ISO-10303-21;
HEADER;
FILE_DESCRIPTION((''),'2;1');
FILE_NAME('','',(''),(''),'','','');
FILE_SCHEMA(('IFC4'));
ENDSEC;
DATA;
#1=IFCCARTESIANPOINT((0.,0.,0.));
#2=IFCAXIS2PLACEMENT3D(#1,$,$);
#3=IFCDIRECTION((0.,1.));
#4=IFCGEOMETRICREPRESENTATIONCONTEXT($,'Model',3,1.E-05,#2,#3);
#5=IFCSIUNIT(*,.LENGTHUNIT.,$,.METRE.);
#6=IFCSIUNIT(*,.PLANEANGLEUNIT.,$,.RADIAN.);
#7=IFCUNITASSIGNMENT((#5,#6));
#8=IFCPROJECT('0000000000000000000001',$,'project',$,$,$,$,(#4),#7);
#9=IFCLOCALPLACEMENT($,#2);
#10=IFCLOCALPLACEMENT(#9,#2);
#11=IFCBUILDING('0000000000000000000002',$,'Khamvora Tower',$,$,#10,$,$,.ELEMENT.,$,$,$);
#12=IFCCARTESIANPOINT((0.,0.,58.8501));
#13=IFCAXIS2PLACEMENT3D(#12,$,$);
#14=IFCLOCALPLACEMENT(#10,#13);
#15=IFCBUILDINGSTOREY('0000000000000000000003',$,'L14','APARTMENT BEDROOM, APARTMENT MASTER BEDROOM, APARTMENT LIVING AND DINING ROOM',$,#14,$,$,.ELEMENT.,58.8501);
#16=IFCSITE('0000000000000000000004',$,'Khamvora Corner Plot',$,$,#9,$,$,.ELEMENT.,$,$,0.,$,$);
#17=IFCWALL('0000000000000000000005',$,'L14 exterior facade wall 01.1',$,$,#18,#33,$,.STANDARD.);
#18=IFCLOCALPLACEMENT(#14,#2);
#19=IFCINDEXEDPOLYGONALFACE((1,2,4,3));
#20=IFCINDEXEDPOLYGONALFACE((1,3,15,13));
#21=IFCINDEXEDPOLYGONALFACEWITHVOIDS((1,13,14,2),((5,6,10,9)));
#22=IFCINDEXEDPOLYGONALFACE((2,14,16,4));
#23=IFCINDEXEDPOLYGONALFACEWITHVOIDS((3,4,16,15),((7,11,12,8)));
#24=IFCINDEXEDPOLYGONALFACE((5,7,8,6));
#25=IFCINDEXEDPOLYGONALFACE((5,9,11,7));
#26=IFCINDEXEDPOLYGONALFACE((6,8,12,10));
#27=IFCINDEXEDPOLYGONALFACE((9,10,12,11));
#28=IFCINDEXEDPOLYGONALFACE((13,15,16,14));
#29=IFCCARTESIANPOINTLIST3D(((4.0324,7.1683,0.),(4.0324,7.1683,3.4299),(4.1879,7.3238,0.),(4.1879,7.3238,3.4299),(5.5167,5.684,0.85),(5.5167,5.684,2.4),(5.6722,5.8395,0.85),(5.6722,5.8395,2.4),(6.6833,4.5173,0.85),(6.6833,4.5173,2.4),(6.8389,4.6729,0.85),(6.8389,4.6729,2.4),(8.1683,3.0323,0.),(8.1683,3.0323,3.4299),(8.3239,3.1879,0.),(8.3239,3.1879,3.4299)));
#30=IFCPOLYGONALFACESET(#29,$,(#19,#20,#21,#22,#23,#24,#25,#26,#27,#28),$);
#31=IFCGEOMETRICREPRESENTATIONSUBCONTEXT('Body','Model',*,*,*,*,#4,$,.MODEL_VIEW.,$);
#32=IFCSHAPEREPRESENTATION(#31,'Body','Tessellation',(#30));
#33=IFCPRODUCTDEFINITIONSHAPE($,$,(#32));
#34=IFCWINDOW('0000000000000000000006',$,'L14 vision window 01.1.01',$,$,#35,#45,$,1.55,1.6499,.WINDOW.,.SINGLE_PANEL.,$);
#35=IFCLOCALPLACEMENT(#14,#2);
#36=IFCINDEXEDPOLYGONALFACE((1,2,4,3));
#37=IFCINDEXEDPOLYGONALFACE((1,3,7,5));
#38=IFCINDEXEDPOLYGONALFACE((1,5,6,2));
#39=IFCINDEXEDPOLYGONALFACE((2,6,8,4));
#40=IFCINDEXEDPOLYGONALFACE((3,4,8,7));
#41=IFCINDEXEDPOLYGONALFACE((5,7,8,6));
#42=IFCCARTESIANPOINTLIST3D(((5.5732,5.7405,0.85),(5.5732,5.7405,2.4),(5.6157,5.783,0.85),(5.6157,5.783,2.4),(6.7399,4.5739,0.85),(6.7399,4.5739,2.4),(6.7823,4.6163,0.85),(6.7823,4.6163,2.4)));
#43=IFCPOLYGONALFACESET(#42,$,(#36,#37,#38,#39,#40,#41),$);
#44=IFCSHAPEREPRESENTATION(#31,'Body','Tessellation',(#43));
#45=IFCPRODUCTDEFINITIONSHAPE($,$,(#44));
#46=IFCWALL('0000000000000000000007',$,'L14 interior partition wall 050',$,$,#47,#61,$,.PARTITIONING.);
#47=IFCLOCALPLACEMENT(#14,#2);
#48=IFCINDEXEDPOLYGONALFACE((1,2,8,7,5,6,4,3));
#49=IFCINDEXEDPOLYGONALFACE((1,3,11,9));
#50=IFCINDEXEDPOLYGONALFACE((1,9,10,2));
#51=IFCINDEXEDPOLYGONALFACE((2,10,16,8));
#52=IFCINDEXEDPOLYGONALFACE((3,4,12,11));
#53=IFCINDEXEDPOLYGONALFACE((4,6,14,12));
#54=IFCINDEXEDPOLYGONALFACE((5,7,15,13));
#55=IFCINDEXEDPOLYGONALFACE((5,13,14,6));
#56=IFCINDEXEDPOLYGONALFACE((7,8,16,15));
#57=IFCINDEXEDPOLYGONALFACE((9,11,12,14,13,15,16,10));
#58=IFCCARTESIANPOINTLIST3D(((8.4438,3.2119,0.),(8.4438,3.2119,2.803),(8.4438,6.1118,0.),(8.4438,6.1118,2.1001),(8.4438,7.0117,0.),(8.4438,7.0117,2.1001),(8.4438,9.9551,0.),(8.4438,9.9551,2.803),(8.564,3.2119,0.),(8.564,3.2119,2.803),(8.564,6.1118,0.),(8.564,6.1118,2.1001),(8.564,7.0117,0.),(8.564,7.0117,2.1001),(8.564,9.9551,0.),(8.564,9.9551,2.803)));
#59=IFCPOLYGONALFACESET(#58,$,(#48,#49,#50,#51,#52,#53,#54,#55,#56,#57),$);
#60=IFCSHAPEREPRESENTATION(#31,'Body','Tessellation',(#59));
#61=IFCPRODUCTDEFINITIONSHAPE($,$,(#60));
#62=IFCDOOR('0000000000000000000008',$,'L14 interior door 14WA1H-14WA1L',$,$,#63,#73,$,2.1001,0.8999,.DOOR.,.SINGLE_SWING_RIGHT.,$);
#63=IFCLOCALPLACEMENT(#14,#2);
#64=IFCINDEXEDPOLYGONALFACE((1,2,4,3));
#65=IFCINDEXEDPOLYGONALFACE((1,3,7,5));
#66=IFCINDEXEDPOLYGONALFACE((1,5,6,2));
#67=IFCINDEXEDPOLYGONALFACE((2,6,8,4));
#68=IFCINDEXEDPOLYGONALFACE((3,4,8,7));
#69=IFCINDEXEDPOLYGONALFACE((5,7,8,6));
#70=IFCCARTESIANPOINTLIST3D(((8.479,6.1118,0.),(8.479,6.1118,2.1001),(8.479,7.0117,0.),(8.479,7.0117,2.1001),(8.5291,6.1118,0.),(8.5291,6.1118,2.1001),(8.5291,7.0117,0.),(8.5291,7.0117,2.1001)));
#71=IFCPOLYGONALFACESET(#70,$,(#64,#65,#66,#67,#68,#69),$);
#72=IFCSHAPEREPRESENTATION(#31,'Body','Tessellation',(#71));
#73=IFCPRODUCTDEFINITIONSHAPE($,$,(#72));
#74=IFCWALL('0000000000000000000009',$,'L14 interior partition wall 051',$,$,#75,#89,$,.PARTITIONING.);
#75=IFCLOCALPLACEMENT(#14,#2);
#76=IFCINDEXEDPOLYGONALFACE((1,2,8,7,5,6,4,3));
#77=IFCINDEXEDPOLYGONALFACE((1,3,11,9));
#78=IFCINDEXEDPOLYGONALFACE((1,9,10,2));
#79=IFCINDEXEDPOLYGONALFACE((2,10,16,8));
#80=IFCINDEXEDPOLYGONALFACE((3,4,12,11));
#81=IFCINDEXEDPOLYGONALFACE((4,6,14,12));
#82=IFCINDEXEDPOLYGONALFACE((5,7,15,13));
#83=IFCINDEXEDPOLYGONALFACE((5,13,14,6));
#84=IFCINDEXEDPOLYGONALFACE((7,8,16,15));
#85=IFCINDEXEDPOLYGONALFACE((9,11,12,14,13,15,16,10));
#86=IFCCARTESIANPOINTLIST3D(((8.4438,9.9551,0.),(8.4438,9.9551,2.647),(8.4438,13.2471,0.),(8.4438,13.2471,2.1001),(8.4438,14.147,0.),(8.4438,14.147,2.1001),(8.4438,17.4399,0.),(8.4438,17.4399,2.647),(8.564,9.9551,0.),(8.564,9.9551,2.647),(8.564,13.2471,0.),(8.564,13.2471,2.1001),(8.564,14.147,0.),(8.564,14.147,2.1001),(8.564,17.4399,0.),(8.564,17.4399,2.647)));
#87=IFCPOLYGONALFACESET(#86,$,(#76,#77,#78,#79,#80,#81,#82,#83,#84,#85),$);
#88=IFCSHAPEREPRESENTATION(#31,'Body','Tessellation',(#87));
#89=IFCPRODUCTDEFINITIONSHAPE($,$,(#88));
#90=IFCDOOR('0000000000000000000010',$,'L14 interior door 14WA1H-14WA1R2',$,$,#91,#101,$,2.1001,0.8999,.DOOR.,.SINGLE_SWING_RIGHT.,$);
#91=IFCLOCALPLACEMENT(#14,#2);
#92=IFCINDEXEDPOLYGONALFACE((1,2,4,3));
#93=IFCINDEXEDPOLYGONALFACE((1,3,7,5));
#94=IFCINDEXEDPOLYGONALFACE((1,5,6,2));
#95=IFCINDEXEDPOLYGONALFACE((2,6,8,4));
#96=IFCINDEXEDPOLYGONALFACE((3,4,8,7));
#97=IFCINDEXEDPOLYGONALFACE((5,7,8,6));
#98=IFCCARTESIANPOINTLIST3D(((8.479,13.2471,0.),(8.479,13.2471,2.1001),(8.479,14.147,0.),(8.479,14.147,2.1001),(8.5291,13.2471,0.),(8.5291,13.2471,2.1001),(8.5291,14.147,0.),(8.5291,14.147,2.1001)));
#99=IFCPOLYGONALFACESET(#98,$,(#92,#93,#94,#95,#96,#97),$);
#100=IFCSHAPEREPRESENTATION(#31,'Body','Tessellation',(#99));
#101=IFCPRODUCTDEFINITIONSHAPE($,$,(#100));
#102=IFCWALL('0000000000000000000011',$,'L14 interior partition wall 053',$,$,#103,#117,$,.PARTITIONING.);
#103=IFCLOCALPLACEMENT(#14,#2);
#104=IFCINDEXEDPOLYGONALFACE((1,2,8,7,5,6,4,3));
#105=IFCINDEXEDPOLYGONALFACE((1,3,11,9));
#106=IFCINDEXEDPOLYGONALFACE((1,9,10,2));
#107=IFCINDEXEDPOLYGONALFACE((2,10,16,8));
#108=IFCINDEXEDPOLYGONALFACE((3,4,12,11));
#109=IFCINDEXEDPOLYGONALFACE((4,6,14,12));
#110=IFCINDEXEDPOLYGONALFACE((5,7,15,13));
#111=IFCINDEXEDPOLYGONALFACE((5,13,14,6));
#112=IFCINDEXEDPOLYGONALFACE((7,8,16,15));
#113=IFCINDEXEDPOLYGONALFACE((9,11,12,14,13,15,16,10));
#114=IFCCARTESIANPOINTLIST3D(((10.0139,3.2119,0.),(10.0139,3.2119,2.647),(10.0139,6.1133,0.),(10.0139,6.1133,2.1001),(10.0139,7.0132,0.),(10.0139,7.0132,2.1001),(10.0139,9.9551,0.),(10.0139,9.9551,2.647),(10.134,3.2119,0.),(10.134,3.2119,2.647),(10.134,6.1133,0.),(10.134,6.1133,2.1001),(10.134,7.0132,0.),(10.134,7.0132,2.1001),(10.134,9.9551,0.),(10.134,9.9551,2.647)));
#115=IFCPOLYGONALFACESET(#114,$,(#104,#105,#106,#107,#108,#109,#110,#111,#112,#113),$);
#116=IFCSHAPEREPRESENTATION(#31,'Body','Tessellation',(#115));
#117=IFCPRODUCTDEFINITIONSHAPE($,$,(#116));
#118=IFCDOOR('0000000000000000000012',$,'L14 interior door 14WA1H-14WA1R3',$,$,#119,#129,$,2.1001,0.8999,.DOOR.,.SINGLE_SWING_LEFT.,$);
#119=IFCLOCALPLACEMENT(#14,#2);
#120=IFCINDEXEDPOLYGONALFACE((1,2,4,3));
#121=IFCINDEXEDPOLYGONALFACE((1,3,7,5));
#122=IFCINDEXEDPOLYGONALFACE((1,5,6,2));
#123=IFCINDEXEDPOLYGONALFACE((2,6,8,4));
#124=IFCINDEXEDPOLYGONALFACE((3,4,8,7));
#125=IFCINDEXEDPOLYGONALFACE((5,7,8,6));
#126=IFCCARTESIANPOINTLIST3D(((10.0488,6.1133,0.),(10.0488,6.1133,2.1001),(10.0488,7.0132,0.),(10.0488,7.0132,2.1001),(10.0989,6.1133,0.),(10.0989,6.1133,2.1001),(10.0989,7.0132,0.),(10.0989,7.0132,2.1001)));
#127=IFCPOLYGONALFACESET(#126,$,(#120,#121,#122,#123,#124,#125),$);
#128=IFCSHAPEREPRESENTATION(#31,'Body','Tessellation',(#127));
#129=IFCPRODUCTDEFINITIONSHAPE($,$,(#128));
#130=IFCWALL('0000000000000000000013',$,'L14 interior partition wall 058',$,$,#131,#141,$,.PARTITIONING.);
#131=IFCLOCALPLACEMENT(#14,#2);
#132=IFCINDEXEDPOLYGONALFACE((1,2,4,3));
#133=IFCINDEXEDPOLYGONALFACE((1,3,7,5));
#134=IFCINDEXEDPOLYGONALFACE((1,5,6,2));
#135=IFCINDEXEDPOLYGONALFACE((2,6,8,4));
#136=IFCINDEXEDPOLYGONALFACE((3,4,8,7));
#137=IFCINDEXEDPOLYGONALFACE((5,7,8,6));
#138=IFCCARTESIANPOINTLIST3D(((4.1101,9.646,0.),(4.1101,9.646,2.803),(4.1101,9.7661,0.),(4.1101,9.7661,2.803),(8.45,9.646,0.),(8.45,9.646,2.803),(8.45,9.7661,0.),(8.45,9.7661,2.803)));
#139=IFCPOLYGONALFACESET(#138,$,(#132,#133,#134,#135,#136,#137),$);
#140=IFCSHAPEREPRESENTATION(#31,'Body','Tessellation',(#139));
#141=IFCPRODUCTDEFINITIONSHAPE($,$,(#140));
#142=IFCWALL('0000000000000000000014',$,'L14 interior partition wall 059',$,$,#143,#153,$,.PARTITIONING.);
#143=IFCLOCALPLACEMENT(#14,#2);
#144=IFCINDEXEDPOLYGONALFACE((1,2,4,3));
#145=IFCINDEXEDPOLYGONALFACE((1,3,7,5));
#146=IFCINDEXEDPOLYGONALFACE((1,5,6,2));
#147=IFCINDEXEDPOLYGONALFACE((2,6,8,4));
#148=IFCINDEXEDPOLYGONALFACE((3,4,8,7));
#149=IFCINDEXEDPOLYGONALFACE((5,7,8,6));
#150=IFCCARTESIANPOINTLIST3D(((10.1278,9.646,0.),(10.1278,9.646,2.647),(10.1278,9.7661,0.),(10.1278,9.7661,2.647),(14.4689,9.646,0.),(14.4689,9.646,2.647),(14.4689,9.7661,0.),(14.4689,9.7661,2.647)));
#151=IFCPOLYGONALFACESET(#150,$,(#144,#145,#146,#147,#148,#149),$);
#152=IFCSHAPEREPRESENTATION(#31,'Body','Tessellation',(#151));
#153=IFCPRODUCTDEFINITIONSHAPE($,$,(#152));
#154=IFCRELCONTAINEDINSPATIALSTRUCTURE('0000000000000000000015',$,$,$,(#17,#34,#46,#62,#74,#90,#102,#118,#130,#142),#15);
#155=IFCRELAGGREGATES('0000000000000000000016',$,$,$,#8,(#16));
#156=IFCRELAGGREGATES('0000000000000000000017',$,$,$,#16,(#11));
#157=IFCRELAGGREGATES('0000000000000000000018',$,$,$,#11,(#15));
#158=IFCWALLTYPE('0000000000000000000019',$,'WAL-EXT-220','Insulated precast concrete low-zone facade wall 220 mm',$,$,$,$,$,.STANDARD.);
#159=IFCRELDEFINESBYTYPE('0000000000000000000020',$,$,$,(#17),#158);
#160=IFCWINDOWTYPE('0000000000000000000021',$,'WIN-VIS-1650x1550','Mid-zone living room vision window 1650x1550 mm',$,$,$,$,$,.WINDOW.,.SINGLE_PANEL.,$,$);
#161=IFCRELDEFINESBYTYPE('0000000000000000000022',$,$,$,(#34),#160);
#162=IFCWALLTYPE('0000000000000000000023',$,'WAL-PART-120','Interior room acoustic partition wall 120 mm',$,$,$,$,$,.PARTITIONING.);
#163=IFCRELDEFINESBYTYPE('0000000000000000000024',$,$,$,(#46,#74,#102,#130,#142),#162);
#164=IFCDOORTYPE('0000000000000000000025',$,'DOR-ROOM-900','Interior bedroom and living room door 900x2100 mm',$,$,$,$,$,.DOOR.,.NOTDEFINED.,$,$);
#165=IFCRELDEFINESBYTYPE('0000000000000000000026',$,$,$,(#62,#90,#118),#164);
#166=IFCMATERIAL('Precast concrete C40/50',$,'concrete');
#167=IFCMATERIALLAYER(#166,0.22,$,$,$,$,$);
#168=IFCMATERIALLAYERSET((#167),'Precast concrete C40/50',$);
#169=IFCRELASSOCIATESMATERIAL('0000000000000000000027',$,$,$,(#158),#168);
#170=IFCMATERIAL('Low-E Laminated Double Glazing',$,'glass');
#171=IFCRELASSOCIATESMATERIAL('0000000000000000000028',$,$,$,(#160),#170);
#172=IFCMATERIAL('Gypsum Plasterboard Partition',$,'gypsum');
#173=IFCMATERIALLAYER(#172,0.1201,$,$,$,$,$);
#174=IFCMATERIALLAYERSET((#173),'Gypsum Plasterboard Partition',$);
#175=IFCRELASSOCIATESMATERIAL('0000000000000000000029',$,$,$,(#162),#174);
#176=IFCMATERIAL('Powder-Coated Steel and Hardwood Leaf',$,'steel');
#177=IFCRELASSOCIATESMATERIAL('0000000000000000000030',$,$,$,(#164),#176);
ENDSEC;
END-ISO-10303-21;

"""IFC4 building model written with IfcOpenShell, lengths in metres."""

from ifc_helpers import new_model, si_unit, direction, frame, frame_2d, origin, place, context, subcontext, project, spatial, rectangle, extrude, material, layer, layer_set, type_object, element, fill, save


model = new_model("IFC4")

# Units and contexts
model_context = context("Model", 3, precision=1e-05, world=origin(), true_north=direction((0.0, 1.0)))
body_context = subcontext(model_context, "Body", "Model", "MODEL_VIEW")
ifc_project = project(units=[si_unit("LENGTHUNIT", "METRE"), si_unit("PLANEANGLEUNIT", "RADIAN")], contexts=[model_context])

# Site, building, storey
site_placement = place(None, origin())
site = spatial("IfcSite", under=ifc_project, at=site_placement, Name="Khamvora Corner Plot", CompositionType="ELEMENT", RefElevation=0.0)
building_placement = place(site_placement, origin())
building = spatial("IfcBuilding", under=site, at=building_placement, Name="Khamvora Tower", CompositionType="ELEMENT")
storey_placement = place(building_placement, frame((0.0, 0.0, 58.8501)))
storey = spatial("IfcBuildingStorey", under=building, at=storey_placement, Name="L14", Description="APARTMENT BEDROOM, APARTMENT MASTER BEDROOM, APARTMENT LIVING AND DINING ROOM", CompositionType="ELEMENT", Elevation=58.8501)

# Shared definitions
ifc_material_1 = material(Name="Low-E Laminated Double Glazing", Category="glass")

# Wall, opening, window
ifc_material_2 = material(Name="Precast concrete C40/50", Category="concrete")
ifc_layer_1 = layer(ifc_material_2, 0.22)
ifc_layer_set_1 = layer_set([ifc_layer_1], Name="Precast concrete C40/50")
wall_type_1 = type_object("IfcWallType", Name="WAL-EXT-220", Description="Insulated precast concrete low-zone facade wall 220 mm", PredefinedType="STANDARD", material=ifc_layer_set_1)
wall_1_placement = place(storey_placement, frame((8.2461, 3.1101, 0.0), z_axis=(0.0, 0.0, 1.0), x_axis=(-0.707107, 0.707107, 0.0)))
wall_1 = element("IfcWall", 1, at=wall_1_placement, inside=storey, type_object=wall_type_1, Name="L14 exterior facade wall 01.1", PredefinedType="STANDARD", context=body_context, shape_type="SweptSolid", body=[
    extrude(rectangle(XDim=5.8491, YDim=0.22, at=frame_2d((2.9246, 0.0))), origin(), (0.0, 0.0, 1.0), 3.4299),
])
opening_1_placement = place(wall_1_placement, frame((2.1001, 0.0, 0.8501)))
opening_1 = element("IfcOpeningElement", 2, at=opening_1_placement, cuts=wall_1, PredefinedType="OPENING", context=body_context, shape_type="SweptSolid", body=[
    extrude(rectangle(XDim=1.6499, YDim=1.55, at=frame_2d((0.825, 0.7749))), frame((0.0, 0.1199, 0.0), z_axis=(0.0, -1.0, 0.0), x_axis=(1.0, 0.0, 0.0)), (0.0, 0.0, 1.0), 0.24),
])
window_type = type_object("IfcWindowType", Name="WIN-VIS-1650x1550", Description="Mid-zone living room vision window 1650x1550 mm", PartitioningType="SINGLE_PANEL", PredefinedType="WINDOW", material=ifc_material_1)
window_placement = place(opening_1_placement, origin())
window = element("IfcWindow", 3, at=window_placement, inside=storey, type_object=window_type, Name="L14 vision window 01.1.01", OverallHeight=1.55, OverallWidth=1.6499, PartitioningType="SINGLE_PANEL", PredefinedType="WINDOW", context=body_context, shape_type="SweptSolid", body=[
    extrude(rectangle(XDim=1.6499, YDim=1.55, at=frame_2d((0.825, 0.7749))), frame((0.0, 0.03, 0.0), z_axis=(0.0, -1.0, 0.0), x_axis=(1.0, 0.0, 0.0)), (0.0, 0.0, 1.0), 0.0601),
])
fill(opening_1, window)

# Walls, openings, doors
ifc_material_3 = material(Name="Gypsum Plasterboard Partition", Category="gypsum")
ifc_layer_2 = layer(ifc_material_3, 0.1201)
ifc_layer_set_2 = layer_set([ifc_layer_2], Name="Gypsum Plasterboard Partition")
wall_type_2 = type_object("IfcWallType", Name="WAL-PART-120", Description="Interior room acoustic partition wall 120 mm", PredefinedType="PARTITIONING", material=ifc_layer_set_2)
wall_2_placement = place(storey_placement, frame((8.5039, 3.2119, 0.0), z_axis=(0.0, 0.0, 1.0), x_axis=(0.0, 1.0, 0.0)))
wall_2 = element("IfcWall", 4, at=wall_2_placement, inside=storey, type_object=wall_type_2, Name="L14 interior partition wall 050", PredefinedType="PARTITIONING", context=body_context, shape_type="SweptSolid", body=[
    extrude(rectangle(XDim=6.7432, YDim=0.1201, at=frame_2d((3.3716, 0.0))), origin(), (0.0, 0.0, 1.0), 2.803),
])
opening_2_placement = place(wall_2_placement, frame((2.8999, 0.0, 0.0)))
opening_2 = element("IfcOpeningElement", 5, at=opening_2_placement, cuts=wall_2, PredefinedType="OPENING", context=body_context, shape_type="SweptSolid", body=[
    extrude(rectangle(XDim=0.8999, YDim=2.1001, at=frame_2d((0.45, 1.05))), frame((0.0, 0.0701, 0.0), z_axis=(0.0, -1.0, 0.0), x_axis=(1.0, 0.0, 0.0)), (0.0, 0.0, 1.0), 0.1401),
])
ifc_material_4 = material(Name="Powder-Coated Steel and Hardwood Leaf", Category="steel")
door_type = type_object("IfcDoorType", Name="DOR-ROOM-900", Description="Interior bedroom and living room door 900x2100 mm", OperationType="NOTDEFINED", PredefinedType="DOOR", material=ifc_material_4)
door_1_placement = place(opening_2_placement, origin())
door_1 = element("IfcDoor", 6, at=door_1_placement, inside=storey, type_object=door_type, Name="L14 interior door 14WA1H-14WA1L", OperationType="SINGLE_SWING_RIGHT", OverallHeight=2.1001, OverallWidth=0.8999, PredefinedType="DOOR", context=body_context, shape_type="SweptSolid", body=[
    extrude(rectangle(XDim=0.8999, YDim=2.1001, at=frame_2d((0.45, 1.05))), frame((0.0, 0.0249, 0.0), z_axis=(0.0, -1.0, 0.0), x_axis=(1.0, 0.0, 0.0)), (0.0, 0.0, 1.0), 0.05),
])
fill(opening_2, door_1)
wall_3_placement = place(storey_placement, frame((8.5039, 9.9551, 0.0), z_axis=(0.0, 0.0, 1.0), x_axis=(0.0, 1.0, 0.0)))
wall_3 = element("IfcWall", 7, at=wall_3_placement, inside=storey, type_object=wall_type_2, Name="L14 interior partition wall 051", PredefinedType="PARTITIONING", context=body_context, shape_type="SweptSolid", body=[
    extrude(rectangle(XDim=7.4849, YDim=0.1201, at=frame_2d((3.7424, 0.0))), origin(), (0.0, 0.0, 1.0), 2.647),
])
opening_3_placement = place(wall_3_placement, frame((3.292, 0.0, 0.0)))
opening_3 = element("IfcOpeningElement", 8, at=opening_3_placement, cuts=wall_3, PredefinedType="OPENING", context=body_context, shape_type="SweptSolid", body=[
    extrude(rectangle(XDim=0.8999, YDim=2.1001, at=frame_2d((0.45, 1.05))), frame((0.0, 0.0701, 0.0), z_axis=(0.0, -1.0, 0.0), x_axis=(1.0, 0.0, 0.0)), (0.0, 0.0, 1.0), 0.1401),
])
door_2_placement = place(opening_3_placement, origin())
door_2 = element("IfcDoor", 9, at=door_2_placement, inside=storey, type_object=door_type, Name="L14 interior door 14WA1H-14WA1R2", OperationType="SINGLE_SWING_RIGHT", OverallHeight=2.1001, OverallWidth=0.8999, PredefinedType="DOOR", context=body_context, shape_type="SweptSolid", body=[
    extrude(rectangle(XDim=0.8999, YDim=2.1001, at=frame_2d((0.45, 1.05))), frame((0.0, 0.0249, 0.0), z_axis=(0.0, -1.0, 0.0), x_axis=(1.0, 0.0, 0.0)), (0.0, 0.0, 1.0), 0.05),
])
fill(opening_3, door_2)
wall_4_placement = place(storey_placement, frame((10.074, 9.9551, 0.0), z_axis=(0.0, 0.0, 1.0), x_axis=(0.0, -1.0, 0.0)))
wall_4 = element("IfcWall", 10, at=wall_4_placement, inside=storey, type_object=wall_type_2, Name="L14 interior partition wall 053", PredefinedType="PARTITIONING", context=body_context, shape_type="SweptSolid", body=[
    extrude(rectangle(XDim=6.7432, YDim=0.1201, at=frame_2d((3.3716, 0.0))), origin(), (0.0, 0.0, 1.0), 2.647),
])
opening_4_placement = place(wall_4_placement, frame((2.9419, 0.0, 0.0)))
opening_4 = element("IfcOpeningElement", 11, at=opening_4_placement, cuts=wall_4, PredefinedType="OPENING", context=body_context, shape_type="SweptSolid", body=[
    extrude(rectangle(XDim=0.8999, YDim=2.1001, at=frame_2d((0.45, 1.05))), frame((0.0, 0.0701, 0.0), z_axis=(0.0, -1.0, 0.0), x_axis=(1.0, 0.0, 0.0)), (0.0, 0.0, 1.0), 0.1401),
])
door_3_placement = place(opening_4_placement, origin())
door_3 = element("IfcDoor", 12, at=door_3_placement, inside=storey, type_object=door_type, Name="L14 interior door 14WA1H-14WA1R3", OperationType="SINGLE_SWING_LEFT", OverallHeight=2.1001, OverallWidth=0.8999, PredefinedType="DOOR", context=body_context, shape_type="SweptSolid", body=[
    extrude(rectangle(XDim=0.8999, YDim=2.1001, at=frame_2d((0.45, 1.05))), frame((0.0, 0.0249, 0.0), z_axis=(0.0, -1.0, 0.0), x_axis=(1.0, 0.0, 0.0)), (0.0, 0.0, 1.0), 0.05),
])
fill(opening_4, door_3)

# Walls
wall_5_placement = place(storey_placement, frame((4.1101, 9.7061, 0.0), z_axis=(0.0, 0.0, 1.0), x_axis=(1.0, 0.0, 0.0)))
element("IfcWall", 13, at=wall_5_placement, inside=storey, type_object=wall_type_2, Name="L14 interior partition wall 058", PredefinedType="PARTITIONING", context=body_context, shape_type="SweptSolid", body=[
    extrude(rectangle(XDim=4.3398, YDim=0.1201, at=frame_2d((2.1699, 0.0))), origin(), (0.0, 0.0, 1.0), 2.803),
])
wall_6_placement = place(storey_placement, frame((10.1279, 9.7061, 0.0), z_axis=(0.0, 0.0, 1.0), x_axis=(1.0, 0.0, 0.0)))
element("IfcWall", 14, at=wall_6_placement, inside=storey, type_object=wall_type_2, Name="L14 interior partition wall 059", PredefinedType="PARTITIONING", context=body_context, shape_type="SweptSolid", body=[
    extrude(rectangle(XDim=4.3411, YDim=0.1201, at=frame_2d((2.1704, 0.0))), origin(), (0.0, 0.0, 1.0), 2.647),
])

save(model, "model.ifc")
